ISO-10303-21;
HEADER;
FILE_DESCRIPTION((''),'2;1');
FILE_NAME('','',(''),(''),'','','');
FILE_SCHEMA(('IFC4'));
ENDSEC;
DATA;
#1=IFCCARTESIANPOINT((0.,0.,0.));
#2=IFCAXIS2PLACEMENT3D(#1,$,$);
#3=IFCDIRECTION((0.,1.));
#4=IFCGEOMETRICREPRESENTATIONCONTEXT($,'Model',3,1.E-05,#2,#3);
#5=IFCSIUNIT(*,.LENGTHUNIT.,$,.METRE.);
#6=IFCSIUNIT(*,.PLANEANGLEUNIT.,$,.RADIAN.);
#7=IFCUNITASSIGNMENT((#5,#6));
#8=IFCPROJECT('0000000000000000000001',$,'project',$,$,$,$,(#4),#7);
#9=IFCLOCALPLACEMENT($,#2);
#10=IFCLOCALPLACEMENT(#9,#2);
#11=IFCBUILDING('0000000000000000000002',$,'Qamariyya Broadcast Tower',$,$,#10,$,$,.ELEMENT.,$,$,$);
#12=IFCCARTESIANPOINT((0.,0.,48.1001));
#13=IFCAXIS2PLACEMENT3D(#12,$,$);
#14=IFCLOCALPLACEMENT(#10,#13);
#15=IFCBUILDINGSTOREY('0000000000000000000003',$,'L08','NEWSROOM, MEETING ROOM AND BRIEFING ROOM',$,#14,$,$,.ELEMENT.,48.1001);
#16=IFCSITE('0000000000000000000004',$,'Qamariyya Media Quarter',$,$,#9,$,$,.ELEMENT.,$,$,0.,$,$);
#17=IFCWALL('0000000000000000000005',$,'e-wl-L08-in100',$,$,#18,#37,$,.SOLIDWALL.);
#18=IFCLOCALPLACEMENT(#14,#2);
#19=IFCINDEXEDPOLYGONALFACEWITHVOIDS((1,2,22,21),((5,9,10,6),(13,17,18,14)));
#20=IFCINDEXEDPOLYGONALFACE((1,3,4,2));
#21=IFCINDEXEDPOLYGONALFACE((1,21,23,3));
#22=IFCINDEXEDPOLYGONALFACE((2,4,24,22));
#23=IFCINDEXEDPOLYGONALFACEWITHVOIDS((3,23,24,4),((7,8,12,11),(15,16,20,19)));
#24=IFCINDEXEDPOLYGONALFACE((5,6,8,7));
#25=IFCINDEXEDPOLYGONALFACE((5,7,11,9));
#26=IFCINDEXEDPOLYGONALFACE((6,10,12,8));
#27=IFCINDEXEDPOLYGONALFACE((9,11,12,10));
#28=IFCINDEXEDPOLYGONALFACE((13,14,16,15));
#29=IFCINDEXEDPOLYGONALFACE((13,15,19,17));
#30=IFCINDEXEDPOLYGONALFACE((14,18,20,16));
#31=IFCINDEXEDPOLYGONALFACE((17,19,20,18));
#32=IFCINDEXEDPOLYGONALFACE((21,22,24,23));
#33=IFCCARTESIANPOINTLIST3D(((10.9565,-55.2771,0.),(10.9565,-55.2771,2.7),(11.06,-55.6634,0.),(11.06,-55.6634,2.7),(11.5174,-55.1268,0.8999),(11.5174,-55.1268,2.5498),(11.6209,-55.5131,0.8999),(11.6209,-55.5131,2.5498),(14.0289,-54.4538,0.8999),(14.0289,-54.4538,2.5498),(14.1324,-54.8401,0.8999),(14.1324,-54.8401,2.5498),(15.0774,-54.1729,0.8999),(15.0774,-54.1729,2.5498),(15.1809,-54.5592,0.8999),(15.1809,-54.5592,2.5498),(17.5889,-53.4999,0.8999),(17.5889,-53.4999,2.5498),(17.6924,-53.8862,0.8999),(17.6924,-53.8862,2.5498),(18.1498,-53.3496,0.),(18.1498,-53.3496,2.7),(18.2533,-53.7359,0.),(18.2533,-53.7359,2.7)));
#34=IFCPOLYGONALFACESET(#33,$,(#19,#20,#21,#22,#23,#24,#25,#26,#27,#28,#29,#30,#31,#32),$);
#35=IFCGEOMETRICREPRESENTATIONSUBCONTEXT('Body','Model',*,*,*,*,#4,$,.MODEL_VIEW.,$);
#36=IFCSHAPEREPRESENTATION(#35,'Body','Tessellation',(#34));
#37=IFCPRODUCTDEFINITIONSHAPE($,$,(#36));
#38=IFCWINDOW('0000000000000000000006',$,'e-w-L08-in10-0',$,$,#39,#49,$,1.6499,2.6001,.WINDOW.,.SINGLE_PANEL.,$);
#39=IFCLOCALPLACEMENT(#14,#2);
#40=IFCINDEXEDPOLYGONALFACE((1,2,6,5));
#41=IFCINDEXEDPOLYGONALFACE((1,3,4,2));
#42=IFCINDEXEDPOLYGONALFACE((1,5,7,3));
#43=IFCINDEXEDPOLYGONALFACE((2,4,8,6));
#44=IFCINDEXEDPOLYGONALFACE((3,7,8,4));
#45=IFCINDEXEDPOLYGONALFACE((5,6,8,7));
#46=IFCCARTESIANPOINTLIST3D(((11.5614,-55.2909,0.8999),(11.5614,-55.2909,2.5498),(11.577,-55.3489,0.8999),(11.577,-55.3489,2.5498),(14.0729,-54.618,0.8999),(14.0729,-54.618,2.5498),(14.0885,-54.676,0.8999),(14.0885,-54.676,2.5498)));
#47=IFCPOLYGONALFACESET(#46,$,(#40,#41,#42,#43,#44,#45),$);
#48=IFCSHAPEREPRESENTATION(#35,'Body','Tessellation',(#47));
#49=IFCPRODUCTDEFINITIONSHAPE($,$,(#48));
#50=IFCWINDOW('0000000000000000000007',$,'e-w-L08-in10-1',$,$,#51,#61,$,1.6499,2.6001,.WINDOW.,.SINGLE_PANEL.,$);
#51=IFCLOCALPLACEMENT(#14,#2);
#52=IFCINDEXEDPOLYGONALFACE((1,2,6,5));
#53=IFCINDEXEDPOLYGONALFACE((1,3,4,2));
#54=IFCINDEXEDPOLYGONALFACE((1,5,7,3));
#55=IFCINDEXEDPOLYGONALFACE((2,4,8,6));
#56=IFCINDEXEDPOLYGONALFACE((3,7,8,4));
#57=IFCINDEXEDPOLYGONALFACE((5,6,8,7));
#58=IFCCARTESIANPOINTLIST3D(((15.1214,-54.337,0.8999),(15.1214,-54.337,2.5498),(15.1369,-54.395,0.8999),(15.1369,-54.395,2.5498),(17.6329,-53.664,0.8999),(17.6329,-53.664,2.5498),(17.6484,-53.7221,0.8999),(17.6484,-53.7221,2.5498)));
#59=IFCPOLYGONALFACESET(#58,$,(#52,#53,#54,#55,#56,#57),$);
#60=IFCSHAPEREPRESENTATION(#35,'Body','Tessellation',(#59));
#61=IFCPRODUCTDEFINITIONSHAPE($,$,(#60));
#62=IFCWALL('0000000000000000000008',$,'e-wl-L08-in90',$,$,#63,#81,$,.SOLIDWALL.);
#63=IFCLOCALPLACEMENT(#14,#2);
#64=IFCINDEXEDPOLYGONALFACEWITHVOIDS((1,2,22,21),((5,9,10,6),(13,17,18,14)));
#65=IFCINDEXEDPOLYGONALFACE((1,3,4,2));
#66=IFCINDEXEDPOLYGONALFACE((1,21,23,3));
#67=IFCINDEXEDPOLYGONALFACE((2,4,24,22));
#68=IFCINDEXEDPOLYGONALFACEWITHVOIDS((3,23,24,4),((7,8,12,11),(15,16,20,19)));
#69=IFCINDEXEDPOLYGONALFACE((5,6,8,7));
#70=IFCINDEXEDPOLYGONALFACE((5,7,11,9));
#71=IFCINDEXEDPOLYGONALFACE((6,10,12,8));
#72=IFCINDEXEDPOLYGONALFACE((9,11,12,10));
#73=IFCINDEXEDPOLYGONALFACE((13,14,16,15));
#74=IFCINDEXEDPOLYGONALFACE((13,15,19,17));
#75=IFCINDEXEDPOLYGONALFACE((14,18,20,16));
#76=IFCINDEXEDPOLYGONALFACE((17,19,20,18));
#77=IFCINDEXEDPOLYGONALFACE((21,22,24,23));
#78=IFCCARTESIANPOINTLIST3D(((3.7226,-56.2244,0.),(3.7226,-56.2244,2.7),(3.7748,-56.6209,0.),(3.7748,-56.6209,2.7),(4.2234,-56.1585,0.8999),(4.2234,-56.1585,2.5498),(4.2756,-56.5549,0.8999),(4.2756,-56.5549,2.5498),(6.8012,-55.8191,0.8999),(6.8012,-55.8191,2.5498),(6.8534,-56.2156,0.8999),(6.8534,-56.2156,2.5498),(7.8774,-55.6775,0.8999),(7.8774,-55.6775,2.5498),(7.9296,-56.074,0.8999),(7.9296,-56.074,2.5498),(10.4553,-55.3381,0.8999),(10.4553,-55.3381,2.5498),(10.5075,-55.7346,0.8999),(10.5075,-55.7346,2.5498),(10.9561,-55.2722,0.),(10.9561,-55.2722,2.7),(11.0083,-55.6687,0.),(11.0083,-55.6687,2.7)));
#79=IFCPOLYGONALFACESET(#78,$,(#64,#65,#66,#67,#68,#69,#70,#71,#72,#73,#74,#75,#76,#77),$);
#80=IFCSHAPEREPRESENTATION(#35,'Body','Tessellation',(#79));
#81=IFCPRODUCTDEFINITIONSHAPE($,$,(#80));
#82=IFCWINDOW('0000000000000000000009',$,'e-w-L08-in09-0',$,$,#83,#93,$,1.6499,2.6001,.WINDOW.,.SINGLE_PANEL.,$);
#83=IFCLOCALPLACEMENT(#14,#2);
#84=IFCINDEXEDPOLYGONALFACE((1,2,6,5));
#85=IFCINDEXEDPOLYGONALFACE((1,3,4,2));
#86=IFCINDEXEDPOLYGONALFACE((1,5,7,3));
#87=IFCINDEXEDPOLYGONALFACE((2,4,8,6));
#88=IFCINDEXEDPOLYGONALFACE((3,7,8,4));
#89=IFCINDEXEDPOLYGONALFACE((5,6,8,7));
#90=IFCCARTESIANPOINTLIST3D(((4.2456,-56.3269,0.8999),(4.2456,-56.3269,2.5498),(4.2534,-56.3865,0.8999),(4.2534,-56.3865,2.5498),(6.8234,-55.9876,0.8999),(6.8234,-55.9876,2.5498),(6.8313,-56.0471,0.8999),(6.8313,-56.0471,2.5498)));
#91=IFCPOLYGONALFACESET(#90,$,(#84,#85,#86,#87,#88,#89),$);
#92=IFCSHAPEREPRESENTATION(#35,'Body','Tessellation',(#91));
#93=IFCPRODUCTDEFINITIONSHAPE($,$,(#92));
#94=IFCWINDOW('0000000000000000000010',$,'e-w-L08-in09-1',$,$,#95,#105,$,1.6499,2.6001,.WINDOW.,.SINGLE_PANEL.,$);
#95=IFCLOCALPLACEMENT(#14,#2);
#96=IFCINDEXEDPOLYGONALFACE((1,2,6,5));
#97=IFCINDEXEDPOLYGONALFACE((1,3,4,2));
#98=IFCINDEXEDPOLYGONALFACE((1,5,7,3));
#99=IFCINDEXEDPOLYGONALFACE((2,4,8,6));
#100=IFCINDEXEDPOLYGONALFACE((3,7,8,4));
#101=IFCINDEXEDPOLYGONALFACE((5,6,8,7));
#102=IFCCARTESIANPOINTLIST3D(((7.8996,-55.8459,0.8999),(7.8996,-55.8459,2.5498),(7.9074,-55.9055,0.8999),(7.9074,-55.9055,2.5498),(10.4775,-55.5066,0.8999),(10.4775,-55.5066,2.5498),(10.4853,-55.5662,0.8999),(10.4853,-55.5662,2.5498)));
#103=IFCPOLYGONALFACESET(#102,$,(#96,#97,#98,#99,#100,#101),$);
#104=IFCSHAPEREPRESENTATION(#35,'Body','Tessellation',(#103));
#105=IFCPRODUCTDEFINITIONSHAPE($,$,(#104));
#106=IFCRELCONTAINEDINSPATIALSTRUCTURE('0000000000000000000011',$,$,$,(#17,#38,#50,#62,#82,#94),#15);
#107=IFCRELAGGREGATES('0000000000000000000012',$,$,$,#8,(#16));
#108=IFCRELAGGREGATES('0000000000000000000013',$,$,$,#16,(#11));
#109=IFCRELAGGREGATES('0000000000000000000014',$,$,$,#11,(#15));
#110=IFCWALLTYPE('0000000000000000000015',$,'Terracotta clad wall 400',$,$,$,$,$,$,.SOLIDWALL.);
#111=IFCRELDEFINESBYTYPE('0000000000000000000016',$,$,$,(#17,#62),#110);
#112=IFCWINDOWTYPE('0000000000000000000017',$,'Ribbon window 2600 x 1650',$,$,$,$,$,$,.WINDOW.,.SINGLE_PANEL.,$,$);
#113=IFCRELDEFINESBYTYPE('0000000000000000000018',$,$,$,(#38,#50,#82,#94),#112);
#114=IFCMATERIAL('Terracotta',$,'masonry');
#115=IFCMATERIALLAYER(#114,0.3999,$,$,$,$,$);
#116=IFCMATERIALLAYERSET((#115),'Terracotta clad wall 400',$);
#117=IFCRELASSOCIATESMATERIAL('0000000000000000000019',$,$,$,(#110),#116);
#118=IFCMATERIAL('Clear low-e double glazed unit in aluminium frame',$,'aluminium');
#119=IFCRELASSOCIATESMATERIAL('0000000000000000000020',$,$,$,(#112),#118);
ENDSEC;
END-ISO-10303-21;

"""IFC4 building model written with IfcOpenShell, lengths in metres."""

from ifc_helpers import new_model, si_unit, direction, frame, frame_2d, origin, place, context, subcontext, project, spatial, rectangle, extrude, material, layer, layer_set, type_object, element, fill, save


model = new_model("IFC4")

# Units and contexts
model_context = context("Model", 3, precision=1e-05, world=origin(), true_north=direction((0.0, 1.0)))
body_context = subcontext(model_context, "Body", "Model", "MODEL_VIEW")
ifc_project = project(units=[si_unit("LENGTHUNIT", "METRE"), si_unit("PLANEANGLEUNIT", "RADIAN")], contexts=[model_context])

# Site, building, storey
site_placement = place(None, origin())
site = spatial("IfcSite", under=ifc_project, at=site_placement, Name="Qamariyya Media Quarter", CompositionType="ELEMENT", RefElevation=0.0)
building_placement = place(site_placement, origin())
building = spatial("IfcBuilding", under=site, at=building_placement, Name="Qamariyya Broadcast Tower", CompositionType="ELEMENT")
storey_placement = place(building_placement, frame((0.0, 0.0, 48.1001)))
storey = spatial("IfcBuildingStorey", under=building, at=storey_placement, Name="L08", Description="NEWSROOM, MEETING ROOM AND BRIEFING ROOM", CompositionType="ELEMENT", Elevation=48.1001)

# Walls, openings, windows
ifc_material_1 = material(Name="Terracotta", Category="masonry")
ifc_layer_1 = layer(ifc_material_1, 0.3999)
ifc_layer_set_1 = layer_set([ifc_layer_1], Name="Terracotta clad wall 400")
wall_type_1 = type_object("IfcWallType", Name="Terracotta clad wall 400", PredefinedType="SOLIDWALL", material=ifc_layer_set_1)
wall_1_placement = place(storey_placement, frame((18.2017, -53.5427, 0.0), z_axis=(0.0, 0.0, 1.0), x_axis=(-0.965925, -0.258823, 0.0)))
wall_1 = element("IfcWall", 1, at=wall_1_placement, inside=storey, type_object=wall_type_1, Name="e-wl-L08-in100", PredefinedType="SOLIDWALL", context=body_context, shape_type="SweptSolid", body=[
    extrude(rectangle(XDim=7.447, YDim=0.3999, at=frame_2d((3.7236, 0.0))), origin(), (0.0, 0.0, 1.0), 2.7),
])
opening_1_placement = place(wall_1_placement, frame((4.2664, 0.0, 0.8999)))
opening_1 = element("IfcOpeningElement", 2, at=opening_1_placement, cuts=wall_1, PredefinedType="OPENING", context=body_context, shape_type="SweptSolid", body=[
    extrude(rectangle(XDim=2.6001, YDim=1.6499, at=frame_2d((1.3, 0.825))), frame((0.0, 0.21, 0.0), z_axis=(0.0, -1.0, 0.0), x_axis=(1.0, 0.0, 0.0)), (0.0, 0.0, 1.0), 0.4199),
])
opening_2_placement = place(wall_1_placement, frame((0.5808, 0.0, 0.8999)))
opening_2 = element("IfcOpeningElement", 3, at=opening_2_placement, cuts=wall_1, PredefinedType="OPENING", context=body_context, shape_type="SweptSolid", body=[
    extrude(rectangle(XDim=2.6001, YDim=1.6499, at=frame_2d((1.3, 0.825))), frame((0.0, 0.21, 0.0), z_axis=(0.0, -1.0, 0.0), x_axis=(1.0, 0.0, 0.0)), (0.0, 0.0, 1.0), 0.4199),
])
ifc_material_2 = material(Name="Clear low-e double glazed unit in aluminium frame", Category="aluminium")
window_type = type_object("IfcWindowType", Name="Ribbon window 2600 x 1650", PartitioningType="SINGLE_PANEL", PredefinedType="WINDOW", material=ifc_material_2)
window_1_placement = place(opening_1_placement, origin())
window_1 = element("IfcWindow", 4, at=window_1_placement, inside=storey, type_object=window_type, Name="e-w-L08-in10-0", OverallHeight=1.6499, OverallWidth=2.6001, PartitioningType="SINGLE_PANEL", PredefinedType="WINDOW", context=body_context, shape_type="SweptSolid", body=[
    extrude(rectangle(XDim=2.6001, YDim=1.6499, at=frame_2d((1.3, 0.825))), frame((0.0, 0.03, 0.0), z_axis=(0.0, -1.0, 0.0), x_axis=(1.0, 0.0, 0.0)), (0.0, 0.0, 1.0), 0.0601),
])
fill(opening_1, window_1)
window_2_placement = place(opening_2_placement, origin())
window_2 = element("IfcWindow", 5, at=window_2_placement, inside=storey, type_object=window_type, Name="e-w-L08-in10-1", OverallHeight=1.6499, OverallWidth=2.6001, PartitioningType="SINGLE_PANEL", PredefinedType="WINDOW", context=body_context, shape_type="SweptSolid", body=[
    extrude(rectangle(XDim=2.6001, YDim=1.6499, at=frame_2d((1.3, 0.825))), frame((0.0, 0.03, 0.0), z_axis=(0.0, -1.0, 0.0), x_axis=(1.0, 0.0, 0.0)), (0.0, 0.0, 1.0), 0.0601),
])
fill(opening_2, window_2)
wall_2_placement = place(storey_placement, frame((10.9822, -55.4705, 0.0), z_axis=(0.0, 0.0, 1.0), x_axis=(-0.991447, -0.130506, 0.0)))
wall_2 = element("IfcWall", 6, at=wall_2_placement, inside=storey, type_object=wall_type_1, Name="e-wl-L08-in90", PredefinedType="SOLIDWALL", context=body_context, shape_type="SweptSolid", body=[
    extrude(rectangle(XDim=7.2959, YDim=0.3999, at=frame_2d((3.6479, 0.0))), origin(), (0.0, 0.0, 1.0), 2.7),
])
opening_3_placement = place(wall_2_placement, frame((4.1907, 0.0, 0.8999)))
opening_3 = element("IfcOpeningElement", 7, at=opening_3_placement, cuts=wall_2, PredefinedType="OPENING", context=body_context, shape_type="SweptSolid", body=[
    extrude(rectangle(XDim=2.6001, YDim=1.6499, at=frame_2d((1.3, 0.825))), frame((0.0, 0.21, 0.0), z_axis=(0.0, -1.0, 0.0), x_axis=(1.0, 0.0, 0.0)), (0.0, 0.0, 1.0), 0.4199),
])
opening_4_placement = place(wall_2_placement, frame((0.5051, 0.0, 0.8999)))
opening_4 = element("IfcOpeningElement", 8, at=opening_4_placement, cuts=wall_2, PredefinedType="OPENING", context=body_context, shape_type="SweptSolid", body=[
    extrude(rectangle(XDim=2.6001, YDim=1.6499, at=frame_2d((1.3, 0.825))), frame((0.0, 0.21, 0.0), z_axis=(0.0, -1.0, 0.0), x_axis=(1.0, 0.0, 0.0)), (0.0, 0.0, 1.0), 0.4199),
])
window_3_placement = place(opening_3_placement, origin())
window_3 = element("IfcWindow", 9, at=window_3_placement, inside=storey, type_object=window_type, Name="e-w-L08-in09-0", OverallHeight=1.6499, OverallWidth=2.6001, PartitioningType="SINGLE_PANEL", PredefinedType="WINDOW", context=body_context, shape_type="SweptSolid", body=[
    extrude(rectangle(XDim=2.6001, YDim=1.6499, at=frame_2d((1.3, 0.825))), frame((0.0, 0.03, 0.0), z_axis=(0.0, -1.0, 0.0), x_axis=(1.0, 0.0, 0.0)), (0.0, 0.0, 1.0), 0.0601),
])
fill(opening_3, window_3)
window_4_placement = place(opening_4_placement, origin())
window_4 = element("IfcWindow", 10, at=window_4_placement, inside=storey, type_object=window_type, Name="e-w-L08-in09-1", OverallHeight=1.6499, OverallWidth=2.6001, PartitioningType="SINGLE_PANEL", PredefinedType="WINDOW", context=body_context, shape_type="SweptSolid", body=[
    extrude(rectangle(XDim=2.6001, YDim=1.6499, at=frame_2d((1.3, 0.825))), frame((0.0, 0.03, 0.0), z_axis=(0.0, -1.0, 0.0), x_axis=(1.0, 0.0, 0.0)), (0.0, 0.0, 1.0), 0.0601),
])
fill(opening_4, window_4)

save(model, "model.ifc")
